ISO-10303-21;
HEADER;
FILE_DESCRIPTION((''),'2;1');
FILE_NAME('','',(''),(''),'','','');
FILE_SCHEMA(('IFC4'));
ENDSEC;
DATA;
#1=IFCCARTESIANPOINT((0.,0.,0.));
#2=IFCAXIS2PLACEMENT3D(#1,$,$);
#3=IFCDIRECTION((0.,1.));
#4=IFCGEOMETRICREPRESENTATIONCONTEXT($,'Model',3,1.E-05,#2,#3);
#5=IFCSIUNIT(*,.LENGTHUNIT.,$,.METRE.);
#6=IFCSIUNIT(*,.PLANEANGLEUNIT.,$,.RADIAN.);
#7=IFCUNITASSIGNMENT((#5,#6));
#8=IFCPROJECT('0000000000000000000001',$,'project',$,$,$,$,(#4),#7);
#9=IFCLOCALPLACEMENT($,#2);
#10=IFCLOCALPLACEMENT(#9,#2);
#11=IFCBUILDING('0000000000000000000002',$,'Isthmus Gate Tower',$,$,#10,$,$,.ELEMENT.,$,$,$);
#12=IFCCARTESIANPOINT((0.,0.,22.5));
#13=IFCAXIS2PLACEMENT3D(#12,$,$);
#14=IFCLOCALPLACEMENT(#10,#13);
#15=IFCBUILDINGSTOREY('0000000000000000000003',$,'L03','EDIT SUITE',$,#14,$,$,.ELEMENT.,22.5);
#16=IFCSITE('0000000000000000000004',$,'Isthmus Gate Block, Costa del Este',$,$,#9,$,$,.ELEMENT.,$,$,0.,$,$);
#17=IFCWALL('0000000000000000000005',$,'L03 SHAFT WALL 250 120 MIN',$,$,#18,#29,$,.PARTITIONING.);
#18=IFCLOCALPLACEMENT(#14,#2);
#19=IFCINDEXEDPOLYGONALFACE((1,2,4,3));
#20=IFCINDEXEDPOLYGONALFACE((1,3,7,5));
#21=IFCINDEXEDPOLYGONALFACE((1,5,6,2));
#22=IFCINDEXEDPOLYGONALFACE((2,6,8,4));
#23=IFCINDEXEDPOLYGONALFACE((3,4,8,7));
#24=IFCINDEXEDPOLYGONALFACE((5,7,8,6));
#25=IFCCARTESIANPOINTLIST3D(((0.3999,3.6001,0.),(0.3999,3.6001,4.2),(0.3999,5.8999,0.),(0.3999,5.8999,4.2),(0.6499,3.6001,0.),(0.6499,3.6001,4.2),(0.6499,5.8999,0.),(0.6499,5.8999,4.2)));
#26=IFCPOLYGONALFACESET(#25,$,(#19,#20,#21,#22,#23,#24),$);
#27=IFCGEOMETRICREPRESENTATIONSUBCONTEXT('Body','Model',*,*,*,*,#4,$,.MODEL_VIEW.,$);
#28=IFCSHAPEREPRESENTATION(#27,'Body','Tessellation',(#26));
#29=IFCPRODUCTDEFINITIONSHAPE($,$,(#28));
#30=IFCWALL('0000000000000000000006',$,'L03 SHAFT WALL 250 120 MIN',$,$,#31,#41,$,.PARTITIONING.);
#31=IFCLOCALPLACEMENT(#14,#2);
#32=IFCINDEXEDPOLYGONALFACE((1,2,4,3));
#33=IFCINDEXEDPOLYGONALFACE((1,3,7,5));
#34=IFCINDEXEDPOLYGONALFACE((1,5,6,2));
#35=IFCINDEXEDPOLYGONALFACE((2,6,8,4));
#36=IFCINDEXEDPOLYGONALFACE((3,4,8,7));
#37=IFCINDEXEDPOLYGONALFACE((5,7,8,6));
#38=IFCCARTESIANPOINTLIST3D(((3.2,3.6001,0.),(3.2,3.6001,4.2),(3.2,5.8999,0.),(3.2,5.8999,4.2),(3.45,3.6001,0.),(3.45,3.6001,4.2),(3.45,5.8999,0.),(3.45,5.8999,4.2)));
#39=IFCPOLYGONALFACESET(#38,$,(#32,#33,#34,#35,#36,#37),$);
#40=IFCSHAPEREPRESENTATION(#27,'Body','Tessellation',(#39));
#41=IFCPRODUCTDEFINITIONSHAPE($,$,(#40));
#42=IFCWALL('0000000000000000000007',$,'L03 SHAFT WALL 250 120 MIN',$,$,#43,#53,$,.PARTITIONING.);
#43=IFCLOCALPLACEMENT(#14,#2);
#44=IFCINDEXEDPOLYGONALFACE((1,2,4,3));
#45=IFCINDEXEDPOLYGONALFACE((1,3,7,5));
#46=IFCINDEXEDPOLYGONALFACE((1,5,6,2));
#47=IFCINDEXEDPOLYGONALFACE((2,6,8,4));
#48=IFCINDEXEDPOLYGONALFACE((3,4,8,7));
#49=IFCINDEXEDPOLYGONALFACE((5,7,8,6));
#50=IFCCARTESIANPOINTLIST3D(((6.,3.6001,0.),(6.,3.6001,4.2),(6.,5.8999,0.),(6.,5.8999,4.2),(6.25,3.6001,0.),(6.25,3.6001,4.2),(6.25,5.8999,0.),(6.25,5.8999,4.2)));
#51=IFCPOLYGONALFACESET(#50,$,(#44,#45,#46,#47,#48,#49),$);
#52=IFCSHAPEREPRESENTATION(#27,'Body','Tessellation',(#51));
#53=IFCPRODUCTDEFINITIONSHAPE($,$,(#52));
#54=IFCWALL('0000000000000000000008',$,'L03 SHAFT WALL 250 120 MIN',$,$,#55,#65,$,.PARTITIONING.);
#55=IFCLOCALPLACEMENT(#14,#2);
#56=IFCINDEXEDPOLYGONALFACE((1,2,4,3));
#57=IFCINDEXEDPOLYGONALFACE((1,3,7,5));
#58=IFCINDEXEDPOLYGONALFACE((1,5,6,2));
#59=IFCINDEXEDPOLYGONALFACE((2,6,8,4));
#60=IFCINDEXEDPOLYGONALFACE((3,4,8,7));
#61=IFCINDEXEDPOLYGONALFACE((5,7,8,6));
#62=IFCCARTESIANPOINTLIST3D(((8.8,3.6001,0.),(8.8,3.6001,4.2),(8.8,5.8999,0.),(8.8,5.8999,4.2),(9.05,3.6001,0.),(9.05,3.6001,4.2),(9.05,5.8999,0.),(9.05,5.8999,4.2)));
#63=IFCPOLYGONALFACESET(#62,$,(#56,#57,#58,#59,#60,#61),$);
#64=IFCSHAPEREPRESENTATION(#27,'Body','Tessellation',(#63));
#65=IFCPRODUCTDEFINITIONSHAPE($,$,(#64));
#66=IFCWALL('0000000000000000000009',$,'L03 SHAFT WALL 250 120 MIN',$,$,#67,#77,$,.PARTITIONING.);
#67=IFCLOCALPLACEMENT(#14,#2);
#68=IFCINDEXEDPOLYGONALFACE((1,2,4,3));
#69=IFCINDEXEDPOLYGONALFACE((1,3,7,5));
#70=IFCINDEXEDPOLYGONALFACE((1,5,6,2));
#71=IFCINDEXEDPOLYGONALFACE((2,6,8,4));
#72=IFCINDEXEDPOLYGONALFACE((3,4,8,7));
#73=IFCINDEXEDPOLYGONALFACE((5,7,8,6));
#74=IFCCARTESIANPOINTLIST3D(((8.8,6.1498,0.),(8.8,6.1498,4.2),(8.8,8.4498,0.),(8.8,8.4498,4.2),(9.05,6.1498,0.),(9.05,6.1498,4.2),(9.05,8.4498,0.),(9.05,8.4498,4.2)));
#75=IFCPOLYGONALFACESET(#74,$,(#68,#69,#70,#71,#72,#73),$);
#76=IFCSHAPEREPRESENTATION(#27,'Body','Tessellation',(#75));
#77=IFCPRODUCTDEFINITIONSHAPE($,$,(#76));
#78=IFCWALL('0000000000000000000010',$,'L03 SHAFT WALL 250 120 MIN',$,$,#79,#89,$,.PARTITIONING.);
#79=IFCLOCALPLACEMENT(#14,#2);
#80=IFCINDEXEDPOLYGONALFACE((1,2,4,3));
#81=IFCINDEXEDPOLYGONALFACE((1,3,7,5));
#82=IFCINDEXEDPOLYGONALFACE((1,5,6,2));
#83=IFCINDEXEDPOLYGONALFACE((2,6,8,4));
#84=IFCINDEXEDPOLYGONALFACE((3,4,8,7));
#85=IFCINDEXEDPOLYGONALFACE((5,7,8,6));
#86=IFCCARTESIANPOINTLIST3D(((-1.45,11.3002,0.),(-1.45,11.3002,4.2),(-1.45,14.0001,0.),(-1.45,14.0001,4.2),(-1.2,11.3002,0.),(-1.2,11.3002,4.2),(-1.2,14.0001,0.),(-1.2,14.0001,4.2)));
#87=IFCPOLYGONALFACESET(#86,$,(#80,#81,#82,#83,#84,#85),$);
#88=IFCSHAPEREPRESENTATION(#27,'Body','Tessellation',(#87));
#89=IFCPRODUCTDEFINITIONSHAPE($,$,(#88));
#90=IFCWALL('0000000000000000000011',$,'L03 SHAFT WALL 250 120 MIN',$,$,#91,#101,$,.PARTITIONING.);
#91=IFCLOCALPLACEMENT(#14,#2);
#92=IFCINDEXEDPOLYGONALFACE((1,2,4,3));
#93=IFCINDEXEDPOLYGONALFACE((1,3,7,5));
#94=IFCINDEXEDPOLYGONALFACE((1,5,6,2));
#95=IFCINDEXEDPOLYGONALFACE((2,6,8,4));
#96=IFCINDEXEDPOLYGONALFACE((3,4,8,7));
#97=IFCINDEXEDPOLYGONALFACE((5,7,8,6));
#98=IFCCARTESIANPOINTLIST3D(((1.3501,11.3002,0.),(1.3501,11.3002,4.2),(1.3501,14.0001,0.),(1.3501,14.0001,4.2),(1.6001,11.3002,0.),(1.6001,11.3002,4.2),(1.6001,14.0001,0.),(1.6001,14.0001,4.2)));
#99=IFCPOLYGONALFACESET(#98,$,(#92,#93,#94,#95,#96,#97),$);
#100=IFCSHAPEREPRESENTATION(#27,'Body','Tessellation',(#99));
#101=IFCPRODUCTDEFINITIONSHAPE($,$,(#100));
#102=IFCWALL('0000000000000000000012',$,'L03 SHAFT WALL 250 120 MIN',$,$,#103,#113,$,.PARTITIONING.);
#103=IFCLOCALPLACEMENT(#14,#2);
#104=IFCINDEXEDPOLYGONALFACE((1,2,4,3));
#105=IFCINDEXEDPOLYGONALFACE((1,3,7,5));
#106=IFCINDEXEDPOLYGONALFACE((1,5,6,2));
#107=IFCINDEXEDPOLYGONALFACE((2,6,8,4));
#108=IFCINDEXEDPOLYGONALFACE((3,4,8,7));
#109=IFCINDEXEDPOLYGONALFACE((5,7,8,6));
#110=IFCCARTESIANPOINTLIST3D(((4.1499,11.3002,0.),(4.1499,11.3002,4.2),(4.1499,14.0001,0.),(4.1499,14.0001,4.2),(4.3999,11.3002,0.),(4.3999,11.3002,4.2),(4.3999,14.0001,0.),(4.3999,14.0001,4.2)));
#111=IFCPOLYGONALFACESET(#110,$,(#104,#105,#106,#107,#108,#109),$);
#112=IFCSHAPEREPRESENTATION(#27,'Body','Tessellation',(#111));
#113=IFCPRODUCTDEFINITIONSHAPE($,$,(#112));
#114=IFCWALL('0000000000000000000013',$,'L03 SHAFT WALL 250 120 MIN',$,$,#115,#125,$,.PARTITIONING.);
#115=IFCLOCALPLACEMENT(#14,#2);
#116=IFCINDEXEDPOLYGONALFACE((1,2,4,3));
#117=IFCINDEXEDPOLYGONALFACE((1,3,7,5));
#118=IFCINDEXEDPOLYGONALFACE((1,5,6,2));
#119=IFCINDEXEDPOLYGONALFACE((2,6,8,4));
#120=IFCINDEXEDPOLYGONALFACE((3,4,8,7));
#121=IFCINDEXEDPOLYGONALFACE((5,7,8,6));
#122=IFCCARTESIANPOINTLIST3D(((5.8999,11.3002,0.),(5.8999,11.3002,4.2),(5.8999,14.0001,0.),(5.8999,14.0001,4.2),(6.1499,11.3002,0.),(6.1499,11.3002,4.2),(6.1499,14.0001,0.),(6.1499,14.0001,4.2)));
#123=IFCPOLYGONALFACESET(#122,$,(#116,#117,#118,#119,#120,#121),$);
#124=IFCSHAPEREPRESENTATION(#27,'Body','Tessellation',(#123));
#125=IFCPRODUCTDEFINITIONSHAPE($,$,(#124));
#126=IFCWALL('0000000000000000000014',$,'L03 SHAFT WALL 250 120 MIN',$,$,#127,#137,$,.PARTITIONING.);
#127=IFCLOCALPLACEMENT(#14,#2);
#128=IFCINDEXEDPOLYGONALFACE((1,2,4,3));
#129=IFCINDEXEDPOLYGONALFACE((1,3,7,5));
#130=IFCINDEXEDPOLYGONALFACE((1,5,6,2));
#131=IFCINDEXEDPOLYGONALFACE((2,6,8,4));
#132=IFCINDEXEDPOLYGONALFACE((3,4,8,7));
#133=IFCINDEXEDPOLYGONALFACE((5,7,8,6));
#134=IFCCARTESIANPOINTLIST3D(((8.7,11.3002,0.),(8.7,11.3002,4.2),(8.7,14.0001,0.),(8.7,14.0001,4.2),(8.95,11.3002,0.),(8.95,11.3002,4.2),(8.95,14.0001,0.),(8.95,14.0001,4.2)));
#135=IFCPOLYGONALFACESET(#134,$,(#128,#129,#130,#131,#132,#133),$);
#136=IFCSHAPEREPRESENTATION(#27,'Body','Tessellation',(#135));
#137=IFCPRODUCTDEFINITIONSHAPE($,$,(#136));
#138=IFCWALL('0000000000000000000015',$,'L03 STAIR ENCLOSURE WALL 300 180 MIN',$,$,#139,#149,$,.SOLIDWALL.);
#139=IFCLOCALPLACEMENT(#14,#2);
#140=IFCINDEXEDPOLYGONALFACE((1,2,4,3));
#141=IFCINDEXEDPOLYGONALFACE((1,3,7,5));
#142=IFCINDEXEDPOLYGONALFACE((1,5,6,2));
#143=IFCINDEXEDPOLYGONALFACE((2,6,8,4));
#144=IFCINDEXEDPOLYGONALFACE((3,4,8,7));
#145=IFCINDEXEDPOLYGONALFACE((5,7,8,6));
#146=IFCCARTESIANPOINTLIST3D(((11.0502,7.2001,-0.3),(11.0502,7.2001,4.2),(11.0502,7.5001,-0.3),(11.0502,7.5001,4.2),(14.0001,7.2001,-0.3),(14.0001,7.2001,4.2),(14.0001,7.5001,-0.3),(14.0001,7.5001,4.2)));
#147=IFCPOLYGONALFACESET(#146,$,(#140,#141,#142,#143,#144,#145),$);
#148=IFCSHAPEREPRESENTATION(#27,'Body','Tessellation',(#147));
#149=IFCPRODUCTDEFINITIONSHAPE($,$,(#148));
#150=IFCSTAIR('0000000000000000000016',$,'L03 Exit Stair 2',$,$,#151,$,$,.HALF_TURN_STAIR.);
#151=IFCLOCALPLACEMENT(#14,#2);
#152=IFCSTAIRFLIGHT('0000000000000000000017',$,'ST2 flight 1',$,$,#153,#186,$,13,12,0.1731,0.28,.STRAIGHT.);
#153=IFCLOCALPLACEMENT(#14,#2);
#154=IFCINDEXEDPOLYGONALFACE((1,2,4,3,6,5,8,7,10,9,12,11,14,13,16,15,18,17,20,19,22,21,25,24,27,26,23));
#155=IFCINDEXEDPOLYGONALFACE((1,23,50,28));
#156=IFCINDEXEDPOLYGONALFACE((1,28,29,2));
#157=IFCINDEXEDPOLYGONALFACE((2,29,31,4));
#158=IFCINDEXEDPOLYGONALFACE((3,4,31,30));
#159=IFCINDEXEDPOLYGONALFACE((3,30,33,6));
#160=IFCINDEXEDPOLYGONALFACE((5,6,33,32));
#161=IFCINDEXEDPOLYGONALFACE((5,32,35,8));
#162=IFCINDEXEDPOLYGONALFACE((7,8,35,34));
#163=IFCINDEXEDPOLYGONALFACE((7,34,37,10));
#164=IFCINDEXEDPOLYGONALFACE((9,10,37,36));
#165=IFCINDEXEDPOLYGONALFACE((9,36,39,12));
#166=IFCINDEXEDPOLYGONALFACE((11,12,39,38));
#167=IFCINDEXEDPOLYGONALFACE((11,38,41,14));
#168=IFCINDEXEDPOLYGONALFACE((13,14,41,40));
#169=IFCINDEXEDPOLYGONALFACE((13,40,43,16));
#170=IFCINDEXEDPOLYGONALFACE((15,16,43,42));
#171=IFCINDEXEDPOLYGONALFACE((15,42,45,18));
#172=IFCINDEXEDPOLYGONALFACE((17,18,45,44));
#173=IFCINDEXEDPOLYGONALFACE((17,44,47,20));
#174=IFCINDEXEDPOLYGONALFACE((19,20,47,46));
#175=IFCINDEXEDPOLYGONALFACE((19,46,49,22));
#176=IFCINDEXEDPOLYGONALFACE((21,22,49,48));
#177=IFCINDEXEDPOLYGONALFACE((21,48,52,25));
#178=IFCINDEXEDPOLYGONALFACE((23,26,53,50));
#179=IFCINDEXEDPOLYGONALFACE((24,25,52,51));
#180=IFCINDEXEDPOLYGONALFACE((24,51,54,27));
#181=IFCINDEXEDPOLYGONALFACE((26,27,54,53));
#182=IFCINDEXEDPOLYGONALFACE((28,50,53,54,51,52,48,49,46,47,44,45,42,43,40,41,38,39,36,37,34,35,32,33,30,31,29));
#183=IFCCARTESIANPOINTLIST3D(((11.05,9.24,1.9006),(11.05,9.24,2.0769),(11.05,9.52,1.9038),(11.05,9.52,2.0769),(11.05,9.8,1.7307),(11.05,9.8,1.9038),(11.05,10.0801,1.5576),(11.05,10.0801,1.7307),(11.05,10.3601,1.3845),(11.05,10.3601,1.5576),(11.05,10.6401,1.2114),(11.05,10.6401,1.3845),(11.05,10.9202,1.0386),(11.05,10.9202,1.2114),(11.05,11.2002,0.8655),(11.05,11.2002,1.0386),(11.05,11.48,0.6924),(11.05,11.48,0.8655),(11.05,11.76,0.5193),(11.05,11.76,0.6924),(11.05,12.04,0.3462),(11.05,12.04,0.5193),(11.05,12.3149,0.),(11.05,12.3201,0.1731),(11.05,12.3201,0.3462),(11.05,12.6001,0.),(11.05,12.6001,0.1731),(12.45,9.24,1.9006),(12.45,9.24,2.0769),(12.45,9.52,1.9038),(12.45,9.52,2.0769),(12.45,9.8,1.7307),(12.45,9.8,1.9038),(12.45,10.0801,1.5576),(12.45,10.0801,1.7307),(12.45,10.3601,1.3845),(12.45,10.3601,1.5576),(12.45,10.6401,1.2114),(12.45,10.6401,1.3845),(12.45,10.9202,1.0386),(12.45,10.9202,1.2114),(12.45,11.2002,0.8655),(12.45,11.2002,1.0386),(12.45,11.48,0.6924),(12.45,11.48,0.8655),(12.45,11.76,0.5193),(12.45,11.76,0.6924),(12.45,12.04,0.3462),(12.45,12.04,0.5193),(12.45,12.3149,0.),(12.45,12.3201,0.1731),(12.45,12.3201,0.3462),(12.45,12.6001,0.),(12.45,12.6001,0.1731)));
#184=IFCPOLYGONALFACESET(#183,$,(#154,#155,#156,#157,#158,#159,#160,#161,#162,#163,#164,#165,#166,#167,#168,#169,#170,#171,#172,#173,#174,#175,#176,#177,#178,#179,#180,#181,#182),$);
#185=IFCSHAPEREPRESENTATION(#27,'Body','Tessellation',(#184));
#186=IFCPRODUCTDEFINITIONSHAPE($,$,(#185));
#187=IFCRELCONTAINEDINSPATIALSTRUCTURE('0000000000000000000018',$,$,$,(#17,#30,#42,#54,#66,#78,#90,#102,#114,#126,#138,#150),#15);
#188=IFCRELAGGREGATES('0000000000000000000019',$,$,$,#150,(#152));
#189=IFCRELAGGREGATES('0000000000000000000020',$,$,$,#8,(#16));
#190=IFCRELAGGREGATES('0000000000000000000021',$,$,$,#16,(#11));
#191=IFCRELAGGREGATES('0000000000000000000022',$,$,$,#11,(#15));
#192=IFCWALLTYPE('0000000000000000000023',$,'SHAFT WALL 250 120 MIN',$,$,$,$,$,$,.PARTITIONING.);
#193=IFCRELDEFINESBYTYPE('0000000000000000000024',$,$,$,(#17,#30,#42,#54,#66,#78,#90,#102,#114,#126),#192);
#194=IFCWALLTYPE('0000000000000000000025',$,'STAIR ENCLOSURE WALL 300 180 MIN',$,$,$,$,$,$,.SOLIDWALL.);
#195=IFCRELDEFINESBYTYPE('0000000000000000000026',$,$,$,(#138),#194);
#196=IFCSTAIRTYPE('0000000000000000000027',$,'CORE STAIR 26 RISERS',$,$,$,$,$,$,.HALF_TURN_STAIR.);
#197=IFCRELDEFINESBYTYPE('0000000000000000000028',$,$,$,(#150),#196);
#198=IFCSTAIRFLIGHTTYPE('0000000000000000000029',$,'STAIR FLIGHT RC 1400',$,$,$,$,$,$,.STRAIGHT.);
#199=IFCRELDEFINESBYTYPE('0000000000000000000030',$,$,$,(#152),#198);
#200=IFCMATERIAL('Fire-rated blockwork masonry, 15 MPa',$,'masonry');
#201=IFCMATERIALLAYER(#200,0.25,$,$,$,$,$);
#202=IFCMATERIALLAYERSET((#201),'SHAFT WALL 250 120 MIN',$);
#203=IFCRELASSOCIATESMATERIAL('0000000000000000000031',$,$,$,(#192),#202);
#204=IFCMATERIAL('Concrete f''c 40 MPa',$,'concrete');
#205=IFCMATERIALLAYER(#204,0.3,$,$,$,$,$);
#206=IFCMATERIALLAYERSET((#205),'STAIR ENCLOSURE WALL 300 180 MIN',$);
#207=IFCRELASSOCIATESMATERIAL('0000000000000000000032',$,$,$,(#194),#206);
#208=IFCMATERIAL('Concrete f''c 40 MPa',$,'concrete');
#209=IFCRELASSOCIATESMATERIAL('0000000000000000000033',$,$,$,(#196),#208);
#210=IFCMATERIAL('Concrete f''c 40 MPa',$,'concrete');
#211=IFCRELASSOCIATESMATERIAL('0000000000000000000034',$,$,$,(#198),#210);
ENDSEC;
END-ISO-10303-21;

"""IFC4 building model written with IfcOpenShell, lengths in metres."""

from ifc_helpers import new_model, si_unit, direction, frame, frame_2d, origin, place, context, subcontext, project, spatial, polyline, rectangle, outline, extrude, material, layer, layer_set, type_object, element, aggregate, save


model = new_model("IFC4")

# Units and contexts
model_context = context("Model", 3, precision=1e-05, world=origin(), true_north=direction((0.0, 1.0)))
body_context = subcontext(model_context, "Body", "Model", "MODEL_VIEW")
ifc_project = project(units=[si_unit("LENGTHUNIT", "METRE"), si_unit("PLANEANGLEUNIT", "RADIAN")], contexts=[model_context])

# Site, building, storey
site_placement = place(None, origin())
site = spatial("IfcSite", under=ifc_project, at=site_placement, Name="Isthmus Gate Block, Costa del Este", CompositionType="ELEMENT", RefElevation=0.0)
building_placement = place(site_placement, origin())
building = spatial("IfcBuilding", under=site, at=building_placement, Name="Isthmus Gate Tower", CompositionType="ELEMENT")
storey_placement = place(building_placement, frame((0.0, 0.0, 22.5)))
storey = spatial("IfcBuildingStorey", under=building, at=storey_placement, Name="L03", Description="EDIT SUITE", CompositionType="ELEMENT", Elevation=22.5)

# Walls
ifc_material_1 = material(Name="Fire-rated blockwork masonry, 15 MPa", Category="masonry")
ifc_layer_1 = layer(ifc_material_1, 0.25)
ifc_layer_set_1 = layer_set([ifc_layer_1], Name="SHAFT WALL 250 120 MIN")
wall_type_1 = type_object("IfcWallType", Name="SHAFT WALL 250 120 MIN", PredefinedType="PARTITIONING", material=ifc_layer_set_1)
for number, where, z_axis, x_axis, name in (
    (1, (0.5249, 3.6001, 0.0), (0.0, 0.0, 1.0), (0.0, 1.0, 0.0), "L03 SHAFT WALL 250 120 MIN"),
    (2, (3.325, 3.6001, 0.0), (0.0, 0.0, 1.0), (0.0, 1.0, 0.0), "L03 SHAFT WALL 250 120 MIN"),
    (3, (6.125, 3.6001, 0.0), (0.0, 0.0, 1.0), (0.0, 1.0, 0.0), "L03 SHAFT WALL 250 120 MIN"),
    (4, (8.925, 3.6001, 0.0), (0.0, 0.0, 1.0), (0.0, 1.0, 0.0), "L03 SHAFT WALL 250 120 MIN"),
):
    element("IfcWall", number, at=place(storey_placement, frame(where, z_axis=z_axis, x_axis=x_axis)), inside=storey, type_object=wall_type_1, Name=name, PredefinedType="PARTITIONING", context=body_context, shape_type="SweptSolid", body=[
        extrude(rectangle(XDim=2.2998, YDim=0.25, at=frame_2d((1.1499, 0.0))), origin(), (0.0, 0.0, 1.0), 4.2),
    ])
wall_1_placement = place(storey_placement, frame((8.925, 6.1499, 0.0), z_axis=(0.0, 0.0, 1.0), x_axis=(0.0, 1.0, 0.0)))
element("IfcWall", 5, at=wall_1_placement, inside=storey, type_object=wall_type_1, Name="L03 SHAFT WALL 250 120 MIN", PredefinedType="PARTITIONING", context=body_context, shape_type="SweptSolid", body=[
    extrude(rectangle(XDim=2.3, YDim=0.25, at=frame_2d((1.1499, 0.0))), origin(), (0.0, 0.0, 1.0), 4.2),
])
for number, where, z_axis, x_axis, name in (
    (6, (-1.325, 11.3, 0.0), (0.0, 0.0, 1.0), (0.0, 1.0, 0.0), "L03 SHAFT WALL 250 120 MIN"),
    (7, (1.4751, 11.3, 0.0), (0.0, 0.0, 1.0), (0.0, 1.0, 0.0), "L03 SHAFT WALL 250 120 MIN"),
    (8, (4.2749, 11.3, 0.0), (0.0, 0.0, 1.0), (0.0, 1.0, 0.0), "L03 SHAFT WALL 250 120 MIN"),
    (9, (6.0249, 11.3, 0.0), (0.0, 0.0, 1.0), (0.0, 1.0, 0.0), "L03 SHAFT WALL 250 120 MIN"),
    (10, (8.825, 11.3, 0.0), (0.0, 0.0, 1.0), (0.0, 1.0, 0.0), "L03 SHAFT WALL 250 120 MIN"),
):
    element("IfcWall", number, at=place(storey_placement, frame(where, z_axis=z_axis, x_axis=x_axis)), inside=storey, type_object=wall_type_1, Name=name, PredefinedType="PARTITIONING", context=body_context, shape_type="SweptSolid", body=[
        extrude(rectangle(XDim=2.7, YDim=0.25, at=frame_2d((1.3501, 0.0))), origin(), (0.0, 0.0, 1.0), 4.2),
    ])
ifc_material_2 = material(Name="Concrete f'c 40 MPa", Category="concrete")
ifc_layer_2 = layer(ifc_material_2, 0.3)
ifc_layer_set_2 = layer_set([ifc_layer_2], Name="STAIR ENCLOSURE WALL 300 180 MIN")
wall_type_2 = type_object("IfcWallType", Name="STAIR ENCLOSURE WALL 300 180 MIN", PredefinedType="SOLIDWALL", material=ifc_layer_set_2)
wall_2_placement = place(storey_placement, frame((11.05, 7.3501, -0.3), z_axis=(0.0, 0.0, 1.0), x_axis=(1.0, 0.0, 0.0)))
element("IfcWall", 11, at=wall_2_placement, inside=storey, type_object=wall_type_2, Name="L03 STAIR ENCLOSURE WALL 300 180 MIN", PredefinedType="SOLIDWALL", context=body_context, shape_type="SweptSolid", body=[
    extrude(rectangle(XDim=2.95, YDim=0.3, at=frame_2d((1.4751, 0.0))), origin(), (0.0, 0.0, 1.0), 4.5),
])

# Stair, stair flight
ifc_material_3 = material(Name="Concrete f'c 40 MPa", Category="concrete")
stair_type = type_object("IfcStairType", Name="CORE STAIR 26 RISERS", PredefinedType="HALF_TURN_STAIR", material=ifc_material_3)
stair_1_placement = place(storey_placement, origin())
stair_1 = element("IfcStair", 12, at=stair_1_placement, inside=storey, type_object=stair_type, Name="L03 Exit Stair 2", PredefinedType="HALF_TURN_STAIR")
ifc_material_4 = material(Name="Concrete f'c 40 MPa", Category="concrete")
stair_flight_type = type_object("IfcStairFlightType", Name="STAIR FLIGHT RC 1400", PredefinedType="STRAIGHT", material=ifc_material_4)
stair_flight_1_placement = place(storey_placement, frame((11.75, 12.6001, 0.0), z_axis=(0.0, 0.0, 1.0), x_axis=(0.0, -1.0, 0.0)))
stair_flight_1 = element("IfcStairFlight", 13, at=stair_flight_1_placement, type_object=stair_flight_type, Name="ST2 flight 1", NumberOfRisers=13, NumberOfTreads=12, PredefinedType="STRAIGHT", RiserHeight=0.1731, TreadLength=0.28, context=body_context, shape_type="SweptSolid", body=[
    extrude(outline(polyline([(0.0, 0.0), (0.0, 0.1731), (0.28, 0.1731), (0.28, 0.3462), (0.5601, 0.3462), (0.5601, 0.5193), (0.8401, 0.5193), (0.8401, 0.6924), (1.1201, 0.6924), (1.1201, 0.8655), (1.3999, 0.8655), (1.3999, 1.0386), (1.6799, 1.0386), (1.6799, 1.2114), (1.96, 1.2114), (1.96, 1.3845), (2.24, 1.3845), (2.24, 1.5576), (2.52, 1.5576), (2.52, 1.7307), (2.8, 1.7307), (2.8, 1.9038), (3.0801, 1.9038), (3.0801, 2.0769), (3.3601, 2.0769), (3.3601, 2.25), (3.3601, 1.9006), (0.2852, 0.0), (0.0, 0.0)])), frame((0.0, 0.7, 0.0), z_axis=(0.0, -1.0, 0.0), x_axis=(1.0, 0.0, 0.0)), (0.0, 0.0, 1.0), 1.3999),
])
aggregate(stair_1, [stair_flight_1])

save(model, "model.ifc")
